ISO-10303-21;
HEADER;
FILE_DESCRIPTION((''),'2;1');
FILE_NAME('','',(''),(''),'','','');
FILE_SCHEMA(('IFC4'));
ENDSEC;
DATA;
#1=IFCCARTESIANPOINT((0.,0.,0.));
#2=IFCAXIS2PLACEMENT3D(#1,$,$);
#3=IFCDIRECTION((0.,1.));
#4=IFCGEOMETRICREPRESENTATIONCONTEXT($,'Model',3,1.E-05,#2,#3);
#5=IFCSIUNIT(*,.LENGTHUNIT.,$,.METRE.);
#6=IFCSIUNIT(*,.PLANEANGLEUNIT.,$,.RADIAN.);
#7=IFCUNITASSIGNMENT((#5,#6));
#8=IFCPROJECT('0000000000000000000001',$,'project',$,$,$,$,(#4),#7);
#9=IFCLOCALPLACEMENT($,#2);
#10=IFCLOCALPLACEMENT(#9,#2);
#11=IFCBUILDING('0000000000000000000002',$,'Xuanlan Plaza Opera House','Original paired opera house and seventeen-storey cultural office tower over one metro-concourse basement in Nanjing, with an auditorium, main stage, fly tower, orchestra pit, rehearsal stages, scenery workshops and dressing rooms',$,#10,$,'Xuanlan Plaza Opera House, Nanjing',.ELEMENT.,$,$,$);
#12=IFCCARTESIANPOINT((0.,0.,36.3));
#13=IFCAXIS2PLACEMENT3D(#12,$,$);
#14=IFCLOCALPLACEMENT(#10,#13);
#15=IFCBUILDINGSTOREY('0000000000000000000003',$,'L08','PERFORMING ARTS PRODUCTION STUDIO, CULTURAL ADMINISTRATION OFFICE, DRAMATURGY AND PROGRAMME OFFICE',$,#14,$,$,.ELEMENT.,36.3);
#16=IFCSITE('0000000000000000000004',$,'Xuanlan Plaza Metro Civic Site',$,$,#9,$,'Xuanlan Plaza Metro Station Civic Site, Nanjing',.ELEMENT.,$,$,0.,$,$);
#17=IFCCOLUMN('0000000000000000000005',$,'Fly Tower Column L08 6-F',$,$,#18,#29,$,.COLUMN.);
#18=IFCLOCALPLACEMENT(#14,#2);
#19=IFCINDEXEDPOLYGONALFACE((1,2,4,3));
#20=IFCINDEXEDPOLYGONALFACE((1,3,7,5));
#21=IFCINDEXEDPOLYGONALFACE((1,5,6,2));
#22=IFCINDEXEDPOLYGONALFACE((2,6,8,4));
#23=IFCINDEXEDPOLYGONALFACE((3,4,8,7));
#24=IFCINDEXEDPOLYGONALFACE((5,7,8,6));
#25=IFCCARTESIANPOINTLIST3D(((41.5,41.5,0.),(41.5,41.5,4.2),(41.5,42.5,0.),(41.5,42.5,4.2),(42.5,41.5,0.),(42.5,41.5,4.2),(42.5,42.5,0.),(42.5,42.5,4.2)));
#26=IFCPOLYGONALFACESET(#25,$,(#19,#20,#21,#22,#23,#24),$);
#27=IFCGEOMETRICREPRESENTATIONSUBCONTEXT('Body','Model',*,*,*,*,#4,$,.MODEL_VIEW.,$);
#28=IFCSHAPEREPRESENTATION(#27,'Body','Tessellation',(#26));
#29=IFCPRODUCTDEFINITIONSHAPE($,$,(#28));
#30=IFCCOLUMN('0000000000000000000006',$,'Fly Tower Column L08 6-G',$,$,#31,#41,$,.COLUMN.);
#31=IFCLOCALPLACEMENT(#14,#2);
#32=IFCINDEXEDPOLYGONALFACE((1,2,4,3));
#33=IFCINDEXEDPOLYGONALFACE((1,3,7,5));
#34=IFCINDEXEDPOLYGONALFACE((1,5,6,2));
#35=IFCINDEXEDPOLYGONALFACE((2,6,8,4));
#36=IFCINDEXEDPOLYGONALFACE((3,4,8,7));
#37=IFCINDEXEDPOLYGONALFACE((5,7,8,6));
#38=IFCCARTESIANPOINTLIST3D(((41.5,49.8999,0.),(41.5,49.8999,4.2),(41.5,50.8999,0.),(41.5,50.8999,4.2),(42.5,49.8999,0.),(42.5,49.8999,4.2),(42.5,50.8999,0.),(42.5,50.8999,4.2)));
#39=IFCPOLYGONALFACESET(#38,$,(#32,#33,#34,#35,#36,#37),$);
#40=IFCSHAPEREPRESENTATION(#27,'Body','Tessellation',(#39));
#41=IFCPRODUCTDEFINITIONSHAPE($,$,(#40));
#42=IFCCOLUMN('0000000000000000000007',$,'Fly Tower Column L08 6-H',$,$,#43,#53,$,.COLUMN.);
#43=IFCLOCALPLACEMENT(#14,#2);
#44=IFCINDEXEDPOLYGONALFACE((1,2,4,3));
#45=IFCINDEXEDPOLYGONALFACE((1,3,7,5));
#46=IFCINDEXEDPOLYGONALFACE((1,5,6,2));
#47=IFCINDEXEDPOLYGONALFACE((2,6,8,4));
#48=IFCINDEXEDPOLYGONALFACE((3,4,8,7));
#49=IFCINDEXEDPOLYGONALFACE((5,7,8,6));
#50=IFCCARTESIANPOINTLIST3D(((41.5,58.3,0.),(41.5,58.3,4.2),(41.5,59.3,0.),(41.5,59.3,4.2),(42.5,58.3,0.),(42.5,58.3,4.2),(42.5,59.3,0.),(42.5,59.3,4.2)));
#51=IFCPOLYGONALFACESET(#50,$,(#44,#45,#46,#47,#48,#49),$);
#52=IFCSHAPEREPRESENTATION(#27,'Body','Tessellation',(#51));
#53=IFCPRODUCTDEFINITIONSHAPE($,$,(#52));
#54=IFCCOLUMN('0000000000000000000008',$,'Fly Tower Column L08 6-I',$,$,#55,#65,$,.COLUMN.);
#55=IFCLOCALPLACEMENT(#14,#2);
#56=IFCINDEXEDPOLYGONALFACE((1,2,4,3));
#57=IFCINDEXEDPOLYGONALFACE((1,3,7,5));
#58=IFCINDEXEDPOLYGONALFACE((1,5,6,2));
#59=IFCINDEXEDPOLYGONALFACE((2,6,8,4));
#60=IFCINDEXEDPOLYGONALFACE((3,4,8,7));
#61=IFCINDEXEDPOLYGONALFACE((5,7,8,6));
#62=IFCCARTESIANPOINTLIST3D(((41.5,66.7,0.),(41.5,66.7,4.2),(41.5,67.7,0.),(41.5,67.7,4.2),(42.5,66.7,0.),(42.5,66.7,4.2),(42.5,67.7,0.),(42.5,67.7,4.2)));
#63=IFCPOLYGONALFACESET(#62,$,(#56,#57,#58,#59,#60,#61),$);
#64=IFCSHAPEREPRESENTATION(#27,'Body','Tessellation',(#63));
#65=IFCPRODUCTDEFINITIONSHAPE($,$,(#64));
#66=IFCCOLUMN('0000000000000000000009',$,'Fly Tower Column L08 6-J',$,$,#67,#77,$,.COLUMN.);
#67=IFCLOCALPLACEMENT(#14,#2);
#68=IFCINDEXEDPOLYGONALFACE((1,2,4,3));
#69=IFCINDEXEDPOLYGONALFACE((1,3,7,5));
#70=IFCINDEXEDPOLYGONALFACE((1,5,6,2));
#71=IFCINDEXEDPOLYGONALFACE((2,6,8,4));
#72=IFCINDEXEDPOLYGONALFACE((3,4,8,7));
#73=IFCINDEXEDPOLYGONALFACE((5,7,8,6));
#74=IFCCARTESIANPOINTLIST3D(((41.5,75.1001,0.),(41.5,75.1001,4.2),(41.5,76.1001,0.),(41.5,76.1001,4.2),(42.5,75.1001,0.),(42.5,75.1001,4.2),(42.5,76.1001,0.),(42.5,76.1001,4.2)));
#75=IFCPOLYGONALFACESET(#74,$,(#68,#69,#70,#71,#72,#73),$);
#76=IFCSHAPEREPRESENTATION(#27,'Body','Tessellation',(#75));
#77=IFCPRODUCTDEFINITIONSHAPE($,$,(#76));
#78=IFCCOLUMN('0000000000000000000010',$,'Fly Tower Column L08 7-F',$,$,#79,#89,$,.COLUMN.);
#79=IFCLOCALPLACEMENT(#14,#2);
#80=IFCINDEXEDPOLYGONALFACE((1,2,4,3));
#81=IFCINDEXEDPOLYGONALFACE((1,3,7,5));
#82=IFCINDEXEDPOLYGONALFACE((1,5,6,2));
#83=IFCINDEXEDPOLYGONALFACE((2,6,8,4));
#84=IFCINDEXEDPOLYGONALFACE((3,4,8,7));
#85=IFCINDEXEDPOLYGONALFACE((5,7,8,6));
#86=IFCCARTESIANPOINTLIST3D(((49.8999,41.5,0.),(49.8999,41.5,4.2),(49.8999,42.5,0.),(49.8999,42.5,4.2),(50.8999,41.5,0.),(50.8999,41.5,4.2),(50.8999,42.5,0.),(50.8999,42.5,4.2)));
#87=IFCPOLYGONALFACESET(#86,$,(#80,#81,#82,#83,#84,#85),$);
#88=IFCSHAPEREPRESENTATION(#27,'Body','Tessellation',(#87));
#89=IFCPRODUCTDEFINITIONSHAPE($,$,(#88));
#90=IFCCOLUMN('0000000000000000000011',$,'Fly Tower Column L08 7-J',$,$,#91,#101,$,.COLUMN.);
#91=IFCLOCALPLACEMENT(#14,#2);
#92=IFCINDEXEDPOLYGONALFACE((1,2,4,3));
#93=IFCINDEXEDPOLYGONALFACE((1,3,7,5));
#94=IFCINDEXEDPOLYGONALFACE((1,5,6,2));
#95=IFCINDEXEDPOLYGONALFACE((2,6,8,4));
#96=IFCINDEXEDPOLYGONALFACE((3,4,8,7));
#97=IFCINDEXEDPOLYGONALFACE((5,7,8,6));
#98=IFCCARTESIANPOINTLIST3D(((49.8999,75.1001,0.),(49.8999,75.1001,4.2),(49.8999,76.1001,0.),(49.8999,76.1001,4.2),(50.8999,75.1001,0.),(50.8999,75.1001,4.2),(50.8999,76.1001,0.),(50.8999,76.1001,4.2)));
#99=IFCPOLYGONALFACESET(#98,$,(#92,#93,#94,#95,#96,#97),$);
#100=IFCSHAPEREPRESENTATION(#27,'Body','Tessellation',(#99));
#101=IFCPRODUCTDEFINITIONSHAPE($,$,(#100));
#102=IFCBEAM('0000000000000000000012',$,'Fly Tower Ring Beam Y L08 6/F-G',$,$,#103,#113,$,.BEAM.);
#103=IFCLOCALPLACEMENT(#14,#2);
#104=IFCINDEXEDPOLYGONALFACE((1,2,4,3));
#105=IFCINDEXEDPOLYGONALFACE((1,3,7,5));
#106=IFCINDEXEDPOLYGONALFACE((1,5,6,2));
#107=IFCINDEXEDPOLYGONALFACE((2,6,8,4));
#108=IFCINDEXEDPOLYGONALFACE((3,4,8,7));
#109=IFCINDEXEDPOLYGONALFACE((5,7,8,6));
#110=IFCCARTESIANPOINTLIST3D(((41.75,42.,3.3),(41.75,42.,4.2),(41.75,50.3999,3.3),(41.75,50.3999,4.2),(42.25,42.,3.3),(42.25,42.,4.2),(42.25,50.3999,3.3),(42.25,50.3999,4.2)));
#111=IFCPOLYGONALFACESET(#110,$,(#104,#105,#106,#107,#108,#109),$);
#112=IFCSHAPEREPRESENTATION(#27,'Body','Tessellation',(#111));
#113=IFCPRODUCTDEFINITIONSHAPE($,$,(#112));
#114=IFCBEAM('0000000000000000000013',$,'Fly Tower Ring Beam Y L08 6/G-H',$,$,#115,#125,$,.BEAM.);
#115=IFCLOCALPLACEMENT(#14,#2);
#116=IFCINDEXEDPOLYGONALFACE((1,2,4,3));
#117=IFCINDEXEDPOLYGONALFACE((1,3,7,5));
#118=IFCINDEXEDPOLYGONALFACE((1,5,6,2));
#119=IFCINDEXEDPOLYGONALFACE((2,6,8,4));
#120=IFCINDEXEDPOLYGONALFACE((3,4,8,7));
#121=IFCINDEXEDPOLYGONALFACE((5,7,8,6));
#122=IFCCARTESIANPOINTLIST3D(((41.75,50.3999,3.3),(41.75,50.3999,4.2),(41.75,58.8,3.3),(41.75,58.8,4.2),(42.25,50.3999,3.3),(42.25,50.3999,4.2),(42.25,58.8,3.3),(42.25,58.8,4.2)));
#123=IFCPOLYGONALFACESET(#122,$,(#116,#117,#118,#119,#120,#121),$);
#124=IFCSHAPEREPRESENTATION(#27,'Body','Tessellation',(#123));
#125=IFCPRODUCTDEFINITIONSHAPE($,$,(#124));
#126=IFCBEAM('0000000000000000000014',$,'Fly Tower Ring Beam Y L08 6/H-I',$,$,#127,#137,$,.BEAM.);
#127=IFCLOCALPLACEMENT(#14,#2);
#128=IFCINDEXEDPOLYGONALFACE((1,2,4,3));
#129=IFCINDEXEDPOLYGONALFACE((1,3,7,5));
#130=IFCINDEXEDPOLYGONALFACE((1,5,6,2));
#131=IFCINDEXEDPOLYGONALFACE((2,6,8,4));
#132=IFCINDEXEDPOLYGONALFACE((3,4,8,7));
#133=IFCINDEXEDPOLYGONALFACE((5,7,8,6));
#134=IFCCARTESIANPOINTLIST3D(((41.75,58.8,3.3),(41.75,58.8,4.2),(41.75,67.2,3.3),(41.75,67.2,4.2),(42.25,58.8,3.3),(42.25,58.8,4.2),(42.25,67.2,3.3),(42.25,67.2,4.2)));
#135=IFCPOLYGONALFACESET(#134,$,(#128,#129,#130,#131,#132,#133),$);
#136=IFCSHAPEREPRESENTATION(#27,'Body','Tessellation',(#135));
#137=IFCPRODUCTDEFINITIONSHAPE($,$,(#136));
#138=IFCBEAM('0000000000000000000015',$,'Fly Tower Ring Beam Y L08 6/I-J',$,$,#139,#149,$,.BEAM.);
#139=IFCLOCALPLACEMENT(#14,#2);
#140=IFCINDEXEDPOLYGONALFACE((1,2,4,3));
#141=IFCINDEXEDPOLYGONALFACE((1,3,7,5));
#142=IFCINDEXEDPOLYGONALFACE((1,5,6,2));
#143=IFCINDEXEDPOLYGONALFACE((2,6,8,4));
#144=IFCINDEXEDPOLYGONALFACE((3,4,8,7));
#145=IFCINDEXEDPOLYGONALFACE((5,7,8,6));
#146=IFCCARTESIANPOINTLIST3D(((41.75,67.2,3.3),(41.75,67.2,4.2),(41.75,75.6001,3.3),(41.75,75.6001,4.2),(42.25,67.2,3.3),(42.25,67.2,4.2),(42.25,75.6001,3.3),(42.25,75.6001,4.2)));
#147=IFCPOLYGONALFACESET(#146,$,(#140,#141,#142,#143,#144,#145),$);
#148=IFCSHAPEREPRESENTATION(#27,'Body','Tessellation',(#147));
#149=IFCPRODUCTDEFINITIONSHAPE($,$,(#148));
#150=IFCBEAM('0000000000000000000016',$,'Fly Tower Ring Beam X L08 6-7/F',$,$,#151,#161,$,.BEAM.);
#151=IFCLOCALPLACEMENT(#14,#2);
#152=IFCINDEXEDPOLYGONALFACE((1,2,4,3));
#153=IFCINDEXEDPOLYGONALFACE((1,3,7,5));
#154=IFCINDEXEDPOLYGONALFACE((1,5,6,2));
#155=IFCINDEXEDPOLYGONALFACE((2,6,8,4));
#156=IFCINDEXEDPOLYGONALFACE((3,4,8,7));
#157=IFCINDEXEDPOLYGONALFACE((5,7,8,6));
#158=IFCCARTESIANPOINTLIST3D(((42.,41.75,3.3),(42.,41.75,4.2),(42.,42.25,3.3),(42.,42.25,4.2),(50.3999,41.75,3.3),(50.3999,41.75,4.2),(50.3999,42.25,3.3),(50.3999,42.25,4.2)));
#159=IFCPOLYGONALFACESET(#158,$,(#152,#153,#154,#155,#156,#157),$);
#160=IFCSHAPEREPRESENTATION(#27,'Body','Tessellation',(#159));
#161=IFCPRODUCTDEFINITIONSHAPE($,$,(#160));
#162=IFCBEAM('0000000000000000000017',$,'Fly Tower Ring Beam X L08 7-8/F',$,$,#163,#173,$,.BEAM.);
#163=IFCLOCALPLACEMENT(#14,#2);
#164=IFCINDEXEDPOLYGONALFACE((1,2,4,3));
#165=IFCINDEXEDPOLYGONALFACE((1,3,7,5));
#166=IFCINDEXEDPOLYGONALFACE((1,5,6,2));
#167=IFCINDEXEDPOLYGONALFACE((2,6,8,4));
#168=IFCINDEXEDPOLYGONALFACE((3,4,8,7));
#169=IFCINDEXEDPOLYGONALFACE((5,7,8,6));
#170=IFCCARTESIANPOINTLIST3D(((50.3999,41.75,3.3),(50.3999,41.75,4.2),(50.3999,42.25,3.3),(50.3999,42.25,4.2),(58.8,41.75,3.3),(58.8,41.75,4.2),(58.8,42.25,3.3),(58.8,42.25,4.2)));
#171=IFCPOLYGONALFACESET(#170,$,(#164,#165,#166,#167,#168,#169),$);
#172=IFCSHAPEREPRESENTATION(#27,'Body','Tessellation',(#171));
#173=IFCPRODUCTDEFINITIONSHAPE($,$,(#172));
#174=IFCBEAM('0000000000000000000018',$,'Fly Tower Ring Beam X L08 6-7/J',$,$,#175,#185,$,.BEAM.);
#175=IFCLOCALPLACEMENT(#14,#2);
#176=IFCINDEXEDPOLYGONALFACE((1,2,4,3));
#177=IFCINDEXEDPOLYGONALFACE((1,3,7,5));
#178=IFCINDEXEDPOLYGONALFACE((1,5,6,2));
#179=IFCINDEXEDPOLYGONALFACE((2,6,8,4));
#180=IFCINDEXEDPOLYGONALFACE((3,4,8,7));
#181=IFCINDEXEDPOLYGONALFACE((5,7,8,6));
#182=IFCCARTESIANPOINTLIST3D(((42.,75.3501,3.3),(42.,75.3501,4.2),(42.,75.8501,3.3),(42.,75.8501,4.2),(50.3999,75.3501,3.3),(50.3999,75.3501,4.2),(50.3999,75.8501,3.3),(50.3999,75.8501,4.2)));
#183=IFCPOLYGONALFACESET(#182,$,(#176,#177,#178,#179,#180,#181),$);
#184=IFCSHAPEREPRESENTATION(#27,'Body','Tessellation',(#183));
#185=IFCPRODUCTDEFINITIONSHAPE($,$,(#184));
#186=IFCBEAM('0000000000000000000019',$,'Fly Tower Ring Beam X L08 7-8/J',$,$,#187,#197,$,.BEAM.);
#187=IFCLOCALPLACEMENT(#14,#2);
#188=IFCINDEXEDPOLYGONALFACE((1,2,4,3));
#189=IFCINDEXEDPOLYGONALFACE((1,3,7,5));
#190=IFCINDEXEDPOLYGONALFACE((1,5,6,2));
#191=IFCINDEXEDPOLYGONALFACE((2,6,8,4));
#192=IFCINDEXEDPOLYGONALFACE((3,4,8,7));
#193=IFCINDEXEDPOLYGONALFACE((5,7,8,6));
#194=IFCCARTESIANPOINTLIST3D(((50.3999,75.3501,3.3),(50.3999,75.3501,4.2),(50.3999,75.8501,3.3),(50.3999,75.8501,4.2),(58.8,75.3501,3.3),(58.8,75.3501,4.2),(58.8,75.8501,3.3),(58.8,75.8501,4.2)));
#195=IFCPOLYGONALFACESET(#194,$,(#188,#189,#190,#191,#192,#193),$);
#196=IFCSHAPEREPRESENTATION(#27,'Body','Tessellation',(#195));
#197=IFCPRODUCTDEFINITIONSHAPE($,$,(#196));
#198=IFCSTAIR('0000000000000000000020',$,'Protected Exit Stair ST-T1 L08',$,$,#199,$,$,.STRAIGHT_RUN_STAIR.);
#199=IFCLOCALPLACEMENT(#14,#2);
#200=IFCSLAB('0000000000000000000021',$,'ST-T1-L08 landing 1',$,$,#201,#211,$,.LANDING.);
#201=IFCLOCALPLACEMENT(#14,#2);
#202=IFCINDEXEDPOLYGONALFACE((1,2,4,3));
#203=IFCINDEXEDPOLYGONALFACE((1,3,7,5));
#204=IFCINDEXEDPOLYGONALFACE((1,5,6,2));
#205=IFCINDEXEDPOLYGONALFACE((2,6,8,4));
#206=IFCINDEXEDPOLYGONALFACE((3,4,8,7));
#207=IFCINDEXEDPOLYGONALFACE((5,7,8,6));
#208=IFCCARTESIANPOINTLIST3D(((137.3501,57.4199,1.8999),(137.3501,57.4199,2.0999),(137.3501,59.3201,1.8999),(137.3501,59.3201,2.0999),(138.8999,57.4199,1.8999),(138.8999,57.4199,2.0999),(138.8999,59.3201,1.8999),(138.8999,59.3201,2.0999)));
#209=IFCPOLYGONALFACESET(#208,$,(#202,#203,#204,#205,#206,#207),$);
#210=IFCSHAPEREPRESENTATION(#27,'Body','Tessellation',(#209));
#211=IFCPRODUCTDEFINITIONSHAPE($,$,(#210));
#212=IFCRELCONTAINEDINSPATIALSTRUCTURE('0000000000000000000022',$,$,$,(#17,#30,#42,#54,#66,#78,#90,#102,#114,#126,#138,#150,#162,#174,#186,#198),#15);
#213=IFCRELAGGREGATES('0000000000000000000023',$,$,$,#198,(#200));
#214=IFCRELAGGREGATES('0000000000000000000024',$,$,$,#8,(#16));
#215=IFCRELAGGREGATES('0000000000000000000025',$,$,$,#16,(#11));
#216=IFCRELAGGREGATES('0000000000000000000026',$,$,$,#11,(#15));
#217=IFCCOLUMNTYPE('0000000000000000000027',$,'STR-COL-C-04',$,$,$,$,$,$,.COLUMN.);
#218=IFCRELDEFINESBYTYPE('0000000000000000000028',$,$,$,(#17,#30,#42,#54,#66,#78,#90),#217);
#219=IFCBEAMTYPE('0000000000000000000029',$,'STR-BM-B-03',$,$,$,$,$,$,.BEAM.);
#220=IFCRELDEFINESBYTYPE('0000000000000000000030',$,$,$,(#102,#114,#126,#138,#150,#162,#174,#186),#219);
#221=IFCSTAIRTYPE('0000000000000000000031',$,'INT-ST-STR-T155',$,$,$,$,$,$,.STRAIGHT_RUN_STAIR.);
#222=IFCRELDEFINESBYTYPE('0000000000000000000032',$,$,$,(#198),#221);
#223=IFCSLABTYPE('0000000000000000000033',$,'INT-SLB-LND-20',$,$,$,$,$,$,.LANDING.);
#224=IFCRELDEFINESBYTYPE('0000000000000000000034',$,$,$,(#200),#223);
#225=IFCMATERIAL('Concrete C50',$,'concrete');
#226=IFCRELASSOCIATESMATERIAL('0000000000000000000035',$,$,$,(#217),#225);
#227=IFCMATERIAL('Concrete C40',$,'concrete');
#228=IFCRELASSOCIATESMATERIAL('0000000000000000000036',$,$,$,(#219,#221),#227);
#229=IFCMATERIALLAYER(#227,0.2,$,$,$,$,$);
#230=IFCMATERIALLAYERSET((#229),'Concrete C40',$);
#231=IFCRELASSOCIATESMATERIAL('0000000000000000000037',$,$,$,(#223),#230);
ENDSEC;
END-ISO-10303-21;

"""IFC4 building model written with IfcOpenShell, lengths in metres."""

from ifc_helpers import new_model, si_unit, direction, frame, origin, origin_2d, place, context, subcontext, project, spatial, polyline, rectangle, outline, extrude, material, layer, layer_set, material_profile, profile_set, type_object, element, aggregate, save


model = new_model("IFC4")

# Units and contexts
model_context = context("Model", 3, precision=1e-05, world=origin(), true_north=direction((0.0, 1.0)))
body_context = subcontext(model_context, "Body", "Model", "MODEL_VIEW")
ifc_project = project(units=[si_unit("LENGTHUNIT", "METRE"), si_unit("PLANEANGLEUNIT", "RADIAN")], contexts=[model_context])

# Site, building, storey
site_placement = place(None, origin())
site = spatial("IfcSite", under=ifc_project, at=site_placement, Name="Xuanlan Plaza Metro Civic Site", LongName="Xuanlan Plaza Metro Station Civic Site, Nanjing", CompositionType="ELEMENT", RefElevation=0.0)
building_placement = place(site_placement, origin())
building = spatial("IfcBuilding", under=site, at=building_placement, Name="Xuanlan Plaza Opera House", Description="Original paired opera house and seventeen-storey cultural office tower over one metro-concourse basement in Nanjing, with an auditorium, main stage, fly tower, orchestra pit, rehearsal stages, scenery workshops and dressing rooms", LongName="Xuanlan Plaza Opera House, Nanjing", CompositionType="ELEMENT")
storey_placement = place(building_placement, frame((0.0, 0.0, 36.3)))
storey = spatial("IfcBuildingStorey", under=building, at=storey_placement, Name="L08", Description="PERFORMING ARTS PRODUCTION STUDIO, CULTURAL ADMINISTRATION OFFICE, DRAMATURGY AND PROGRAMME OFFICE", CompositionType="ELEMENT", Elevation=36.3)

# Columns
ifc_material_1 = material(Name="Concrete C50", Category="concrete")
ifc_material_profile_1 = material_profile(ifc_material_1, rectangle(XDim=1.0, YDim=1.0, at=origin_2d()), Name="RC-COL 1000x1000")
ifc_profile_set_1 = profile_set([ifc_material_profile_1], Name="Concrete C50")
column_type = type_object("IfcColumnType", Name="STR-COL-C-04", PredefinedType="COLUMN", material=ifc_profile_set_1)
for number, where, z_axis, x_axis, name in (
    (1, (42.0, 42.0, 0.0), (0.0, 0.0, 1.0), (1.0, 0.0, 0.0), "Fly Tower Column L08 6-F"),
    (2, (42.0, 50.3999, 0.0), (0.0, 0.0, 1.0), (1.0, 0.0, 0.0), "Fly Tower Column L08 6-G"),
    (3, (42.0, 58.8, 0.0), (0.0, 0.0, 1.0), (1.0, 0.0, 0.0), "Fly Tower Column L08 6-H"),
    (4, (42.0, 67.2, 0.0), (0.0, 0.0, 1.0), (1.0, 0.0, 0.0), "Fly Tower Column L08 6-I"),
    (5, (42.0, 75.6001, 0.0), (0.0, 0.0, 1.0), (1.0, 0.0, 0.0), "Fly Tower Column L08 6-J"),
    (6, (50.3999, 42.0, 0.0), (0.0, 0.0, 1.0), (1.0, 0.0, 0.0), "Fly Tower Column L08 7-F"),
    (7, (50.3999, 75.6001, 0.0), (0.0, 0.0, 1.0), (1.0, 0.0, 0.0), "Fly Tower Column L08 7-J"),
):
    element("IfcColumn", number, at=place(storey_placement, frame(where, z_axis=z_axis, x_axis=x_axis)), inside=storey, type_object=column_type, Name=name, PredefinedType="COLUMN", context=body_context, shape_type="SweptSolid", body=[
        extrude(rectangle(XDim=1.0, YDim=1.0, at=origin_2d()), origin(), (0.0, 0.0, 1.0), 4.2),
    ])

# Beams
ifc_material_2 = material(Name="Concrete C40", Category="concrete")
ifc_material_profile_2 = material_profile(ifc_material_2, rectangle(XDim=0.5, YDim=0.8999, at=origin_2d()), Name="RC-BM 500x900")
ifc_profile_set_2 = profile_set([ifc_material_profile_2], Name="Concrete C40")
beam_type = type_object("IfcBeamType", Name="STR-BM-B-03", PredefinedType="BEAM", material=ifc_profile_set_2)
beam_1_placement = place(storey_placement, frame((42.0, 42.0, 3.75), z_axis=(0.0, 1.0, 0.0), x_axis=(-1.0, 0.0, 0.0)))
element("IfcBeam", 8, at=beam_1_placement, inside=storey, type_object=beam_type, Name="Fly Tower Ring Beam Y L08 6/F-G", PredefinedType="BEAM", context=body_context, shape_type="SweptSolid", body=[
    extrude(rectangle(XDim=0.5, YDim=0.8999, at=origin_2d()), origin(), (0.0, 0.0, 1.0), 8.3999),
])
beam_2_placement = place(storey_placement, frame((42.0, 50.3999, 3.75), z_axis=(0.0, 1.0, 0.0), x_axis=(-1.0, 0.0, 0.0)))
element("IfcBeam", 9, at=beam_2_placement, inside=storey, type_object=beam_type, Name="Fly Tower Ring Beam Y L08 6/G-H", PredefinedType="BEAM", context=body_context, shape_type="SweptSolid", body=[
    extrude(rectangle(XDim=0.5, YDim=0.8999, at=origin_2d()), origin(), (0.0, 0.0, 1.0), 8.4001),
])
beam_3_placement = place(storey_placement, frame((42.0, 58.8, 3.75), z_axis=(0.0, 1.0, 0.0), x_axis=(-1.0, 0.0, 0.0)))
element("IfcBeam", 10, at=beam_3_placement, inside=storey, type_object=beam_type, Name="Fly Tower Ring Beam Y L08 6/H-I", PredefinedType="BEAM", context=body_context, shape_type="SweptSolid", body=[
    extrude(rectangle(XDim=0.5, YDim=0.8999, at=origin_2d()), origin(), (0.0, 0.0, 1.0), 8.3999),
])
beam_4_placement = place(storey_placement, frame((42.0, 67.2, 3.75), z_axis=(0.0, 1.0, 0.0), x_axis=(-1.0, 0.0, 0.0)))
element("IfcBeam", 11, at=beam_4_placement, inside=storey, type_object=beam_type, Name="Fly Tower Ring Beam Y L08 6/I-J", PredefinedType="BEAM", context=body_context, shape_type="SweptSolid", body=[
    extrude(rectangle(XDim=0.5, YDim=0.8999, at=origin_2d()), origin(), (0.0, 0.0, 1.0), 8.4001),
])
beam_5_placement = place(storey_placement, frame((42.0, 42.0, 3.75), z_axis=(1.0, 0.0, 0.0), x_axis=(0.0, 1.0, 0.0)))
element("IfcBeam", 12, at=beam_5_placement, inside=storey, type_object=beam_type, Name="Fly Tower Ring Beam X L08 6-7/F", PredefinedType="BEAM", context=body_context, shape_type="SweptSolid", body=[
    extrude(rectangle(XDim=0.5, YDim=0.8999, at=origin_2d()), origin(), (0.0, 0.0, 1.0), 8.3999),
])
beam_6_placement = place(storey_placement, frame((50.3999, 42.0, 3.75), z_axis=(1.0, 0.0, 0.0), x_axis=(0.0, 1.0, 0.0)))
element("IfcBeam", 13, at=beam_6_placement, inside=storey, type_object=beam_type, Name="Fly Tower Ring Beam X L08 7-8/F", PredefinedType="BEAM", context=body_context, shape_type="SweptSolid", body=[
    extrude(rectangle(XDim=0.5, YDim=0.8999, at=origin_2d()), origin(), (0.0, 0.0, 1.0), 8.4001),
])
beam_7_placement = place(storey_placement, frame((42.0, 75.6001, 3.75), z_axis=(1.0, 0.0, 0.0), x_axis=(0.0, 1.0, 0.0)))
element("IfcBeam", 14, at=beam_7_placement, inside=storey, type_object=beam_type, Name="Fly Tower Ring Beam X L08 6-7/J", PredefinedType="BEAM", context=body_context, shape_type="SweptSolid", body=[
    extrude(rectangle(XDim=0.5, YDim=0.8999, at=origin_2d()), origin(), (0.0, 0.0, 1.0), 8.3999),
])
beam_8_placement = place(storey_placement, frame((50.3999, 75.6001, 3.75), z_axis=(1.0, 0.0, 0.0), x_axis=(0.0, 1.0, 0.0)))
element("IfcBeam", 15, at=beam_8_placement, inside=storey, type_object=beam_type, Name="Fly Tower Ring Beam X L08 7-8/J", PredefinedType="BEAM", context=body_context, shape_type="SweptSolid", body=[
    extrude(rectangle(XDim=0.5, YDim=0.8999, at=origin_2d()), origin(), (0.0, 0.0, 1.0), 8.4001),
])

# Stair, slab
stair_type = type_object("IfcStairType", Name="INT-ST-STR-T155", PredefinedType="STRAIGHT_RUN_STAIR", material=ifc_material_2)
stair_1_placement = place(storey_placement, origin())
stair_1 = element("IfcStair", 16, at=stair_1_placement, inside=storey, type_object=stair_type, Name="Protected Exit Stair ST-T1 L08", PredefinedType="STRAIGHT_RUN_STAIR")
ifc_layer_1 = layer(ifc_material_2, 0.2)
ifc_layer_set_1 = layer_set([ifc_layer_1], Name="Concrete C40")
slab_type_1 = type_object("IfcSlabType", Name="INT-SLB-LND-20", PredefinedType="LANDING", material=ifc_layer_set_1)
slab_1_placement = place(storey_placement, frame((0.0, 0.0, 1.8999)))
slab_1 = element("IfcSlab", 17, at=slab_1_placement, type_object=slab_type_1, Name="ST-T1-L08 landing 1", PredefinedType="LANDING", context=body_context, shape_type="SweptSolid", body=[
    extrude(outline(polyline([(137.3501, 57.4199), (138.8999, 57.4199), (138.8999, 59.3201), (137.3501, 59.3201), (137.3501, 57.4199)])), origin(), (0.0, 0.0, 1.0), 0.2),
])
aggregate(stair_1, [slab_1])

save(model, "model.ifc")
